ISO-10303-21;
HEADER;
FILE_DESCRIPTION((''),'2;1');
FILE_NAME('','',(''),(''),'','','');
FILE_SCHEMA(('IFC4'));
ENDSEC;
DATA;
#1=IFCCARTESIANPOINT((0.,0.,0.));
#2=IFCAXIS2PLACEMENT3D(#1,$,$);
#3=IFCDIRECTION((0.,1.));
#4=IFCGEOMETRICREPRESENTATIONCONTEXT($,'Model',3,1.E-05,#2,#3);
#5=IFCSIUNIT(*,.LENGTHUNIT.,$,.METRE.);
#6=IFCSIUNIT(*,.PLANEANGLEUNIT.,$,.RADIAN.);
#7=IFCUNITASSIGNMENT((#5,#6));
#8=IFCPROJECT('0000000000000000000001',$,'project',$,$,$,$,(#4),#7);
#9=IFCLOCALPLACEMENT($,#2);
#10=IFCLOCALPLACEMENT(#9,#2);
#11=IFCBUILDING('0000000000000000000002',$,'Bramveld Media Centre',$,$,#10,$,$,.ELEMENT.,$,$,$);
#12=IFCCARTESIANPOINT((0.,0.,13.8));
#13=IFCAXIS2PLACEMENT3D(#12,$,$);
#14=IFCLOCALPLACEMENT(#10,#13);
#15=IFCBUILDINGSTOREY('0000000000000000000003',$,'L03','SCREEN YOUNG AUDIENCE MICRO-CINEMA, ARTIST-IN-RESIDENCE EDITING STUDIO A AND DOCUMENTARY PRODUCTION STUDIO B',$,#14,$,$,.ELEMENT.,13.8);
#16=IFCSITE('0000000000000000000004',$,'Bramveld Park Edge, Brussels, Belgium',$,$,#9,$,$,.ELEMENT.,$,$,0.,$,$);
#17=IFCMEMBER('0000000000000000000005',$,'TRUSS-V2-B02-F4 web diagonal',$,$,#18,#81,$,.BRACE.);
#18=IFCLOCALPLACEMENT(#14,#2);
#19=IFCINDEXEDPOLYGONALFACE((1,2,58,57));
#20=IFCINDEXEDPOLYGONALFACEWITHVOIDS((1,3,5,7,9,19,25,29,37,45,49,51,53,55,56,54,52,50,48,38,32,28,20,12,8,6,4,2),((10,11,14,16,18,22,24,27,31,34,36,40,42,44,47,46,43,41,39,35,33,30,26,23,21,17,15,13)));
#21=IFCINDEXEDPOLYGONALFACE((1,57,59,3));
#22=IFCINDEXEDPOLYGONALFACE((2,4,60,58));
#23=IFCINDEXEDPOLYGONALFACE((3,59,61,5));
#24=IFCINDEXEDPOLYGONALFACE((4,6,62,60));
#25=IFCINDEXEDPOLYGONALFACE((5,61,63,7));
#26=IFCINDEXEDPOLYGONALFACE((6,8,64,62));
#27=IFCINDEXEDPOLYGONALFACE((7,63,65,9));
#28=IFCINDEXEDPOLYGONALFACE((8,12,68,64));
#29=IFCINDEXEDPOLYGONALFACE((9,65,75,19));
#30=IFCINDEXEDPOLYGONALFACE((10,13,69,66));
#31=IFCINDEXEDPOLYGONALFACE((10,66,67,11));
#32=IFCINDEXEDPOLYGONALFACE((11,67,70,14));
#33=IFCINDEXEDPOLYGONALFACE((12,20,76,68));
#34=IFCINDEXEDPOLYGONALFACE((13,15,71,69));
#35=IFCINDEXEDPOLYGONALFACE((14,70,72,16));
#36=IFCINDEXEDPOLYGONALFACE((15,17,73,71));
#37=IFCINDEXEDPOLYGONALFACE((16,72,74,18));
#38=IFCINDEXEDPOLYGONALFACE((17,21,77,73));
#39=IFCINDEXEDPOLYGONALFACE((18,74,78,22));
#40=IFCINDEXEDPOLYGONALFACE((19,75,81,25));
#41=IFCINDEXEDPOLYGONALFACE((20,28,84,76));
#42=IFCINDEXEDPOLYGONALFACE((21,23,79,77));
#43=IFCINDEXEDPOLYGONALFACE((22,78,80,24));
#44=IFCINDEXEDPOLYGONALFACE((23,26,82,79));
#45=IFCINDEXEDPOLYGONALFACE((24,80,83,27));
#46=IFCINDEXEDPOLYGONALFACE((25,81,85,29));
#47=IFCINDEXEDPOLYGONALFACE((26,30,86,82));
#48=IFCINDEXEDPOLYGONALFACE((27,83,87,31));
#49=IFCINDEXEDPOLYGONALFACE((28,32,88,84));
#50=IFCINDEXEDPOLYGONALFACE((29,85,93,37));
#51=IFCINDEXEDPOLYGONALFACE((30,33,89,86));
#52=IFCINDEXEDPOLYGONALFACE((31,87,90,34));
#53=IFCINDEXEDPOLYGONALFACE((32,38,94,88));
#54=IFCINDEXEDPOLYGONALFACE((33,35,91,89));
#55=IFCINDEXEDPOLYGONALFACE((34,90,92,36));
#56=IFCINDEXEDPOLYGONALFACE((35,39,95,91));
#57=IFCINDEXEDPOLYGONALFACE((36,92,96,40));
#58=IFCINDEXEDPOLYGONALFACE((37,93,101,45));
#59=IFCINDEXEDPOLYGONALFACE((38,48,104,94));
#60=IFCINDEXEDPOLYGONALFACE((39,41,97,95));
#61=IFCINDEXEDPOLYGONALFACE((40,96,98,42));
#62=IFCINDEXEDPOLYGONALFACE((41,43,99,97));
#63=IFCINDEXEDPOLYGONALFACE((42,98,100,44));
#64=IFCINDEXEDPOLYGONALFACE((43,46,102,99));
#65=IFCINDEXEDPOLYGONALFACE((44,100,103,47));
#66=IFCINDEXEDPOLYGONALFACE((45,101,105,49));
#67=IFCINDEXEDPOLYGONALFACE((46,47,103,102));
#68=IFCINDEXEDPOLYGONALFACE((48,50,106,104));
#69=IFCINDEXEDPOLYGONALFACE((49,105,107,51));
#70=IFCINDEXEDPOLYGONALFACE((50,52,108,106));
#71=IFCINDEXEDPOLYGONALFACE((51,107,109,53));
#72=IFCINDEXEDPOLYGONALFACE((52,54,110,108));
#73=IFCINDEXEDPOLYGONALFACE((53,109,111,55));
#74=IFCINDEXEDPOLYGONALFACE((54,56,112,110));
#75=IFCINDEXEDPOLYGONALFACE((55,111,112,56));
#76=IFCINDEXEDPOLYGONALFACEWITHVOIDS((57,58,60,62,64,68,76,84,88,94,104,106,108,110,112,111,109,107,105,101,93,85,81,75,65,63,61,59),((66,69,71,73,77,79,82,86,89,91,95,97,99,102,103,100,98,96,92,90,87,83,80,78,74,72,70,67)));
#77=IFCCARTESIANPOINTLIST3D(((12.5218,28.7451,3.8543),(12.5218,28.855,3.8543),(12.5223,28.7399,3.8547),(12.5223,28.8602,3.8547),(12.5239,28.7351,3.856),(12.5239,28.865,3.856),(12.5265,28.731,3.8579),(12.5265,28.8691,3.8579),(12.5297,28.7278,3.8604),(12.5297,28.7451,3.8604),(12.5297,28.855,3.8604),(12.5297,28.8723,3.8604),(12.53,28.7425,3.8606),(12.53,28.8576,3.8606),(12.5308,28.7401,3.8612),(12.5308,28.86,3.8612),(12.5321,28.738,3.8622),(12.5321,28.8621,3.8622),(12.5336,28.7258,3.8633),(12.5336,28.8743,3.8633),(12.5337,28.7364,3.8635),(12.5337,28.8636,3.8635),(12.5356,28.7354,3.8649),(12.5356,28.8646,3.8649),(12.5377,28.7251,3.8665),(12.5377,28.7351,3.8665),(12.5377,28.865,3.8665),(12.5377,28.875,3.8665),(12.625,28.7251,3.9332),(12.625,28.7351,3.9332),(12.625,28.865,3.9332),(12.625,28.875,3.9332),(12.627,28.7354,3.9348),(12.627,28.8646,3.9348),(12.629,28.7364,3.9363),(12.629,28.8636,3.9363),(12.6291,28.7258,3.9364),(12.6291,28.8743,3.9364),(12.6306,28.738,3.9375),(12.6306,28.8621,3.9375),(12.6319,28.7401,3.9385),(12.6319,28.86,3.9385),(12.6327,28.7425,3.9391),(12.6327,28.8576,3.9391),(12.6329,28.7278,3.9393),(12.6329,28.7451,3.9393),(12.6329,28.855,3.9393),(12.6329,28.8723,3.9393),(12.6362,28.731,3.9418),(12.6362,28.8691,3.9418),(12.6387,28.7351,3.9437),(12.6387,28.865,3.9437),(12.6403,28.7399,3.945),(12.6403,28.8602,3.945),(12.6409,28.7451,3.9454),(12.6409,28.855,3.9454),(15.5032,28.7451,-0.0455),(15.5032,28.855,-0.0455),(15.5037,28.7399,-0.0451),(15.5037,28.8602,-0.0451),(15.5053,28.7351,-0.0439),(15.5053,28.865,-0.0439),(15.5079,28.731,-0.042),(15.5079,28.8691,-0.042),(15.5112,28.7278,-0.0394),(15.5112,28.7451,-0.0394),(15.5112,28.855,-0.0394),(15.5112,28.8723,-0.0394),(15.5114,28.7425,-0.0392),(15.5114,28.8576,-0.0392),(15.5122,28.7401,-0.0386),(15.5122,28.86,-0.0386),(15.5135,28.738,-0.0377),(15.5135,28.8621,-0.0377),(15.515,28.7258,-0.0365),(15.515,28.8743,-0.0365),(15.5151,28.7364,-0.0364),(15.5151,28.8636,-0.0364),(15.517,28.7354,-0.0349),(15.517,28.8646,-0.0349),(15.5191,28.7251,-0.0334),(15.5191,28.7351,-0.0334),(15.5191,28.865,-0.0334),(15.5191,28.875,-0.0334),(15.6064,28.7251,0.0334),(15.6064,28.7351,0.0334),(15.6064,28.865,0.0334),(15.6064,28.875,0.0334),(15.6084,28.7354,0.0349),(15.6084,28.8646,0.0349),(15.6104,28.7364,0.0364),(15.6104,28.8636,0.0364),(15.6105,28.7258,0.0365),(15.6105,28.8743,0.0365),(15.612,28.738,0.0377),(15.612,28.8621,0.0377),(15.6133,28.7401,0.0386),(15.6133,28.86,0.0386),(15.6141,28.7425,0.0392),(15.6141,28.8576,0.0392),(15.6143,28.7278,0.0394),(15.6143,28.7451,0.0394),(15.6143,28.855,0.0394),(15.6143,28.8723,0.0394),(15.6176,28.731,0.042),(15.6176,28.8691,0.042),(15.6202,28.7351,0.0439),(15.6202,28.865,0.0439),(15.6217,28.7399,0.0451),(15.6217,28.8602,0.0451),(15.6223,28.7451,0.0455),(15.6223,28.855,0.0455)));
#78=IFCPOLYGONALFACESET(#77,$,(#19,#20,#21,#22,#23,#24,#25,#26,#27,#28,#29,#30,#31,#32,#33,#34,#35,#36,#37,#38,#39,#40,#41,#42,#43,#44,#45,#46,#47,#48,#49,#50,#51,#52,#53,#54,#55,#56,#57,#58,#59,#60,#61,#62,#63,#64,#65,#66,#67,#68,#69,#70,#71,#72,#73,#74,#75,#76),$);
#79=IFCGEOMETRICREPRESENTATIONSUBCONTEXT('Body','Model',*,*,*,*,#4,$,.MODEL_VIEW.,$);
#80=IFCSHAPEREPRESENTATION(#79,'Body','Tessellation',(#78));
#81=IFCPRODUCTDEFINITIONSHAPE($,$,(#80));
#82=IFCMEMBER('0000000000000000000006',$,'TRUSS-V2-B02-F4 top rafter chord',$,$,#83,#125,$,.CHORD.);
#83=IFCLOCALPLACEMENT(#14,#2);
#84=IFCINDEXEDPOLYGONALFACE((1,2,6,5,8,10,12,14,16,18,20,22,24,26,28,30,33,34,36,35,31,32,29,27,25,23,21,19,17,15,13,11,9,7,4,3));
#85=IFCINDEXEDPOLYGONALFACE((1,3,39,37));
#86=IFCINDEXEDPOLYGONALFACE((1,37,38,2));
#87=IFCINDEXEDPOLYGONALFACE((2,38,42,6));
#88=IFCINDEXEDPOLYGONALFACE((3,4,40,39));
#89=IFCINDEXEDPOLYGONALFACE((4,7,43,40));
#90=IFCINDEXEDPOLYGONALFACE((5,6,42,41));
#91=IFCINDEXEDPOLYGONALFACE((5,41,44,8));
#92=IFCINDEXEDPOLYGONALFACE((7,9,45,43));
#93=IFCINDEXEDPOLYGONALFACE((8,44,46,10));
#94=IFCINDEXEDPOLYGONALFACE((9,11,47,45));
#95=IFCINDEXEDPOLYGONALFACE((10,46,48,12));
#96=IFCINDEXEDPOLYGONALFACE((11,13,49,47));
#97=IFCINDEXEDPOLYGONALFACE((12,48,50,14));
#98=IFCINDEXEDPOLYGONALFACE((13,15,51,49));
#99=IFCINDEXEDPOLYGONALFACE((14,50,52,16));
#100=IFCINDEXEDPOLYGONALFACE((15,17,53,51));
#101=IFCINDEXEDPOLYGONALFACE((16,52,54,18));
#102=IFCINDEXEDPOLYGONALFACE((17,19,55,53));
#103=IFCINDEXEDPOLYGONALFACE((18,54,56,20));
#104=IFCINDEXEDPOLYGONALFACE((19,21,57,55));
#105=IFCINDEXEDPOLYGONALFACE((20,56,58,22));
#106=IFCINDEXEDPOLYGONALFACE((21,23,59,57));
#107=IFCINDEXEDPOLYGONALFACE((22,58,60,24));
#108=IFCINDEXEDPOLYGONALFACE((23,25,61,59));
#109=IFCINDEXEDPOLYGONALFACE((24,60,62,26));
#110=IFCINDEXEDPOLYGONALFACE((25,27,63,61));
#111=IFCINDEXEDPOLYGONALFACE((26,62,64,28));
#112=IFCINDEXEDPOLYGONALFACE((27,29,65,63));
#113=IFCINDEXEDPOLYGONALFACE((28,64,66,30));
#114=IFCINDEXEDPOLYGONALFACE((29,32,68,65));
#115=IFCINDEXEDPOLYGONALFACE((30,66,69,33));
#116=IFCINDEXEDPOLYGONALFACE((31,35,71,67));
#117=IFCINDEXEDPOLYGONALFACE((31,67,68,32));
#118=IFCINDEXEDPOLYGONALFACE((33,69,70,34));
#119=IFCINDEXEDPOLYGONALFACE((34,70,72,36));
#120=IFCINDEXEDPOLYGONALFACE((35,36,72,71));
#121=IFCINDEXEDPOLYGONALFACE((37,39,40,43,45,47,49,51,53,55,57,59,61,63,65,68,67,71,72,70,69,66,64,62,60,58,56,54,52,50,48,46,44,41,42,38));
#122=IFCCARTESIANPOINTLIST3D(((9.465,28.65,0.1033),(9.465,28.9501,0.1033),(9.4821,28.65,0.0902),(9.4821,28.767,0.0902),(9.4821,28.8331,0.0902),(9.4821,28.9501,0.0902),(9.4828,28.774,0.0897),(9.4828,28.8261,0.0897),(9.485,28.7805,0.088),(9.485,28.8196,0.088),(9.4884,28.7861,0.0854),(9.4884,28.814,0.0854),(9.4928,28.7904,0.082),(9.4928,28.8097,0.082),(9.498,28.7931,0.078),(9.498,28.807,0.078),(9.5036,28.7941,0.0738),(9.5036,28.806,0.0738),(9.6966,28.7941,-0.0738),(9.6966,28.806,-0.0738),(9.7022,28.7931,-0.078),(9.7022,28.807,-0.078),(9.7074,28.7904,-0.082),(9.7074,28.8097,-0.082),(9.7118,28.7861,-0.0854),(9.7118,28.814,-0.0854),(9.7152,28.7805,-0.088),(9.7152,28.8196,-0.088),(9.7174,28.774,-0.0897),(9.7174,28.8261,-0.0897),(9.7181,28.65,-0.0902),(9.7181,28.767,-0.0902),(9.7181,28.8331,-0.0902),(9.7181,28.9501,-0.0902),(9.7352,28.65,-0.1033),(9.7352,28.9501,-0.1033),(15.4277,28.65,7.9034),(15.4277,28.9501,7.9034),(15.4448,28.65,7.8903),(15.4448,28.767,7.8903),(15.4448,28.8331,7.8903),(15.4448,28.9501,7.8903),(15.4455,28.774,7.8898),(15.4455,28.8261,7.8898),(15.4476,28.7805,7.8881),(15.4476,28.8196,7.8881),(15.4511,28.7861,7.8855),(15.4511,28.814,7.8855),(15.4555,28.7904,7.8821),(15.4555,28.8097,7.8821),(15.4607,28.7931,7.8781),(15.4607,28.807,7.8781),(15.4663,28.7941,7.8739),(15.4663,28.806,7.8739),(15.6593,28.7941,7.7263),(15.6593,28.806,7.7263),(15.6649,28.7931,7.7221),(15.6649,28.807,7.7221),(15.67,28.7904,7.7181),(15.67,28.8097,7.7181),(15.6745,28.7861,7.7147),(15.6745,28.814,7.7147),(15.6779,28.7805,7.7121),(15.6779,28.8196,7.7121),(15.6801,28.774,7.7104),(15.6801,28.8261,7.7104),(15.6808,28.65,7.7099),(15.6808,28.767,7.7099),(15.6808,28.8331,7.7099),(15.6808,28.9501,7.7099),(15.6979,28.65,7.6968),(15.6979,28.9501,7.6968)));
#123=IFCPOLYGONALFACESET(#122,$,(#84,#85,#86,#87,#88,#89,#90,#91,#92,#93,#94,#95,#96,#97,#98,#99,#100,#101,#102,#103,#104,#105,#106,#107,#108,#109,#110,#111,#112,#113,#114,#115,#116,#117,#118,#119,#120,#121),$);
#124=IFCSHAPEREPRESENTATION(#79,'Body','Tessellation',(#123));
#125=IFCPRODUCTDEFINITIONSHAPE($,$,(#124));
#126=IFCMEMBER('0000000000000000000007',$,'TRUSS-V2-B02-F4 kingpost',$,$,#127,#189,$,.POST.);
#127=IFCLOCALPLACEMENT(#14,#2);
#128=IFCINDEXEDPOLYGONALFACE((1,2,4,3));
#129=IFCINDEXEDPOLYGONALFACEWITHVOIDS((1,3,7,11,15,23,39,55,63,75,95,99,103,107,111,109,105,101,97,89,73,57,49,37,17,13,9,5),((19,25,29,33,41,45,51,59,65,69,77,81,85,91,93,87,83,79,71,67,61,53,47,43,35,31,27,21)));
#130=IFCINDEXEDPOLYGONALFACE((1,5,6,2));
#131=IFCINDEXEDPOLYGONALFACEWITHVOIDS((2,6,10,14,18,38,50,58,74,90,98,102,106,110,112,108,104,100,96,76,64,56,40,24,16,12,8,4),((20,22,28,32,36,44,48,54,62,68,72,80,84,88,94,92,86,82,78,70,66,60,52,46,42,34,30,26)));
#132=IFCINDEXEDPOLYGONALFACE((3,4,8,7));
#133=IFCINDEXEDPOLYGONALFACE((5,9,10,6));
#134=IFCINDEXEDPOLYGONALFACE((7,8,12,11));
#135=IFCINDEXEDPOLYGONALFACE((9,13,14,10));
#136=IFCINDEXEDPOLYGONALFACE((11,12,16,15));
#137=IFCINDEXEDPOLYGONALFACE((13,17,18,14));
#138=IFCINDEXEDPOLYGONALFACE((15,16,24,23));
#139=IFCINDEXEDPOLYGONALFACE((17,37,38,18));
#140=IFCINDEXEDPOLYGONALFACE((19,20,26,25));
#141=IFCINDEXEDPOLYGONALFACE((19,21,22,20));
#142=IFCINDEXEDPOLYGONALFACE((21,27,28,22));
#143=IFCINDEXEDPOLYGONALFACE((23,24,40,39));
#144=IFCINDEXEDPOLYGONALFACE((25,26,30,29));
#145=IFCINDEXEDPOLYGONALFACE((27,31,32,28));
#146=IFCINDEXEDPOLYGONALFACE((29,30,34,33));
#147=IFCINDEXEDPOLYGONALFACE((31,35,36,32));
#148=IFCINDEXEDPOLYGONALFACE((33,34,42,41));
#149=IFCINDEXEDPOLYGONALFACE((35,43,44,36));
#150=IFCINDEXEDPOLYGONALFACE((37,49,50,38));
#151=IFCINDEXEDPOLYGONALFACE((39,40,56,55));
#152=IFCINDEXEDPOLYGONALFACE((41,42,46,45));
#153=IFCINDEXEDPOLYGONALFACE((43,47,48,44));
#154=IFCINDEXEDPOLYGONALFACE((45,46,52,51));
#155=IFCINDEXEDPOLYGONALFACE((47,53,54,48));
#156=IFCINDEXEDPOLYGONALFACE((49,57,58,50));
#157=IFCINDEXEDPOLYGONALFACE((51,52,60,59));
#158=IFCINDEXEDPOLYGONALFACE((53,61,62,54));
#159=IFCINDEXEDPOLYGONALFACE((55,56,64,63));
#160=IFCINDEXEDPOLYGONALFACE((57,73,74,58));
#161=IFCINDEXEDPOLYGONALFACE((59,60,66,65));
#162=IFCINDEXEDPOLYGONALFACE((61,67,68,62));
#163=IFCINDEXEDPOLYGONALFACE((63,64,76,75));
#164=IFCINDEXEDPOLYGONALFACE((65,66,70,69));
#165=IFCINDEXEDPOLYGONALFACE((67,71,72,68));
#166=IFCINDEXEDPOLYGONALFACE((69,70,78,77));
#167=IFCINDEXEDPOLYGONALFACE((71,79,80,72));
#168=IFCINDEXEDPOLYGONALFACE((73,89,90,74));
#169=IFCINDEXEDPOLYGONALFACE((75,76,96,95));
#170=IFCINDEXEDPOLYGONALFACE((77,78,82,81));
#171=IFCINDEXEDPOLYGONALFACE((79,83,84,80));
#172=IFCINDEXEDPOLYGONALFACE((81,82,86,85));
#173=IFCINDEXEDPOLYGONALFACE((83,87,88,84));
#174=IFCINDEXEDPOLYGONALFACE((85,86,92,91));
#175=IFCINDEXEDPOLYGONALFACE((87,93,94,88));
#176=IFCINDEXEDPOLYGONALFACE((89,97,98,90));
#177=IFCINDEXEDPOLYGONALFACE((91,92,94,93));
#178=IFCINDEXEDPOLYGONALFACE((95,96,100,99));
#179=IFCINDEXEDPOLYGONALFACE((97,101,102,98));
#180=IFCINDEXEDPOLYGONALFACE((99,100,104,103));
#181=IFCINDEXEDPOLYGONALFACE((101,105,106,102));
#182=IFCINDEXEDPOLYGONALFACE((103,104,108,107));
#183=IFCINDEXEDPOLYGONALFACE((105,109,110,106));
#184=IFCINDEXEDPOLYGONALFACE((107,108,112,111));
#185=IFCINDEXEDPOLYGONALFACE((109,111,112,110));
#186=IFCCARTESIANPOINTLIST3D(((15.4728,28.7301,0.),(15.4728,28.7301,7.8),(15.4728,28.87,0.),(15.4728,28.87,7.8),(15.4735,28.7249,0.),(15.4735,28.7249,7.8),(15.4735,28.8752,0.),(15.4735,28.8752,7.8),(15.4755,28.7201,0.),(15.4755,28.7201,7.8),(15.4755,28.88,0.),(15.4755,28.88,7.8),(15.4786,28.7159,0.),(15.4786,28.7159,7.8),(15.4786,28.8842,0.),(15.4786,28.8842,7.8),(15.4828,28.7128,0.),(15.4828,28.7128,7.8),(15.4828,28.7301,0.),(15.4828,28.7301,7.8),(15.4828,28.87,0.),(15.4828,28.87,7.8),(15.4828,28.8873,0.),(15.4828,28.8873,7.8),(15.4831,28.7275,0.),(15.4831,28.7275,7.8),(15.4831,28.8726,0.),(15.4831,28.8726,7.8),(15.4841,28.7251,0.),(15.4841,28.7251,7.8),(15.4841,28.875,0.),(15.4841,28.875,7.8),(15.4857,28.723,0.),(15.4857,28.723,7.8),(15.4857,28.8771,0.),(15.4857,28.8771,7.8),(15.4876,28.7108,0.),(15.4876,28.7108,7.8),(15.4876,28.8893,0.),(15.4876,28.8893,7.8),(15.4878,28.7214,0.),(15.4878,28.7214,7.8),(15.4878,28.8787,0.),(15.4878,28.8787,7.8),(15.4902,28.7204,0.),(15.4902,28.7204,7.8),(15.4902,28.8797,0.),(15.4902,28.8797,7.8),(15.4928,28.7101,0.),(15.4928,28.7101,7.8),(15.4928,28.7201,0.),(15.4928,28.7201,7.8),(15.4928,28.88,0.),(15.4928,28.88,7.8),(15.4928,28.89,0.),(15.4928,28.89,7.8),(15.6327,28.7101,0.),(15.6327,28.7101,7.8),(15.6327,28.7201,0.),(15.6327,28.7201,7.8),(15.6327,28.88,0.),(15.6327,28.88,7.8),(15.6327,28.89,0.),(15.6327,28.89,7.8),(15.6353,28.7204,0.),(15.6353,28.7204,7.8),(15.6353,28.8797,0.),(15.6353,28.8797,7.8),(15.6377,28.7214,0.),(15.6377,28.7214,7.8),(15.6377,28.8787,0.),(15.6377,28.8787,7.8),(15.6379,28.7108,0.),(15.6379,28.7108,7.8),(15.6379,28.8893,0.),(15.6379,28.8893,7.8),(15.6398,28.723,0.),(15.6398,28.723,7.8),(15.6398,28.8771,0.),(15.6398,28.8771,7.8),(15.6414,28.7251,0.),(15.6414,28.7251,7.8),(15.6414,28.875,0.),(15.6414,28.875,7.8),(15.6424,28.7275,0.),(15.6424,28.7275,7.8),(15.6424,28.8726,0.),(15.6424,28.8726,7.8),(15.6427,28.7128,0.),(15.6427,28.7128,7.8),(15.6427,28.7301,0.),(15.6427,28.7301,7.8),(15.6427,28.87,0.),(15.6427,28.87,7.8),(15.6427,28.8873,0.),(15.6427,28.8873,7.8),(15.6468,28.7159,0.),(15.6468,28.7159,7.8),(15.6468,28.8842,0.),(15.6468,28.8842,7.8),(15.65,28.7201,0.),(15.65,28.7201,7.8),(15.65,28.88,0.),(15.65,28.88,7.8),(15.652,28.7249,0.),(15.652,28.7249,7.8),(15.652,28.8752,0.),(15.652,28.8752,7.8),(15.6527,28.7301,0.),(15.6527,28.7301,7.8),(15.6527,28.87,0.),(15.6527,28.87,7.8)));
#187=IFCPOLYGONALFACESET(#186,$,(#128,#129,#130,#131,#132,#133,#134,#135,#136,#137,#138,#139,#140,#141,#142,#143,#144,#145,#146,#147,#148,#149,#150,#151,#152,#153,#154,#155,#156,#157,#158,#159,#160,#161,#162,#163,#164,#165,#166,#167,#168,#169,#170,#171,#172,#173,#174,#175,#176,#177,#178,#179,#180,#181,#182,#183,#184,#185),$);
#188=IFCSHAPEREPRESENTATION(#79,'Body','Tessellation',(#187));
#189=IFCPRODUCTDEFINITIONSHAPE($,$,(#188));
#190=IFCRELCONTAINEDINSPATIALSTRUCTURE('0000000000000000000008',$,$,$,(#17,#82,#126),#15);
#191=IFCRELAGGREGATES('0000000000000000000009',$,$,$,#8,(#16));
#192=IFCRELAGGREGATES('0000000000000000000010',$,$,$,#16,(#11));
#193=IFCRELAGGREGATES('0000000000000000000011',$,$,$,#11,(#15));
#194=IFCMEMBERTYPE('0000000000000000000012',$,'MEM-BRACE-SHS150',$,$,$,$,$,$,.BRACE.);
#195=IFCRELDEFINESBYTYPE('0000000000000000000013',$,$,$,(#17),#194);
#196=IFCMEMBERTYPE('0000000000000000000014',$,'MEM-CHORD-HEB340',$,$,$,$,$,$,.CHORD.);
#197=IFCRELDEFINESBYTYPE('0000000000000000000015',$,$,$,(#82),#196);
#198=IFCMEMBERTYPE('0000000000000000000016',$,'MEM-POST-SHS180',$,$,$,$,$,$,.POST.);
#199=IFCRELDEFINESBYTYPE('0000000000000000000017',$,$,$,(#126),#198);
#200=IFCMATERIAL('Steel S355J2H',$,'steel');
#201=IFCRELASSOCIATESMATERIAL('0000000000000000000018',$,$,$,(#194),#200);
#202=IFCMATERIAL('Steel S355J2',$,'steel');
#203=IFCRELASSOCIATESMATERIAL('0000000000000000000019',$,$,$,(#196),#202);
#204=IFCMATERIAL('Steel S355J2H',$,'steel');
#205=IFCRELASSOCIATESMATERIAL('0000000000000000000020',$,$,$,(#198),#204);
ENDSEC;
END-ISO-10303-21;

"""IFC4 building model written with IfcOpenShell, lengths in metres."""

from ifc_helpers import new_model, si_unit, direction, frame, origin, origin_2d, place, context, subcontext, project, spatial, hollow_rectangle, i_section, extrude, material, material_profile, profile_set, type_object, element, save


model = new_model("IFC4")

# Units and contexts
model_context = context("Model", 3, precision=1e-05, world=origin(), true_north=direction((0.0, 1.0)))
body_context = subcontext(model_context, "Body", "Model", "MODEL_VIEW")
ifc_project = project(units=[si_unit("LENGTHUNIT", "METRE"), si_unit("PLANEANGLEUNIT", "RADIAN")], contexts=[model_context])

# Site, building, storey
site_placement = place(None, origin())
site = spatial("IfcSite", under=ifc_project, at=site_placement, Name="Bramveld Park Edge, Brussels, Belgium", CompositionType="ELEMENT", RefElevation=0.0)
building_placement = place(site_placement, origin())
building = spatial("IfcBuilding", under=site, at=building_placement, Name="Bramveld Media Centre", CompositionType="ELEMENT")
storey_placement = place(building_placement, frame((0.0, 0.0, 13.8)))
storey = spatial("IfcBuildingStorey", under=building, at=storey_placement, Name="L03", Description="SCREEN YOUNG AUDIENCE MICRO-CINEMA, ARTIST-IN-RESIDENCE EDITING STUDIO A AND DOCUMENTARY PRODUCTION STUDIO B", CompositionType="ELEMENT", Elevation=13.8)

# Members
ifc_material_1 = material(Name="Steel S355J2H", Category="steel")
ifc_material_profile_1 = material_profile(ifc_material_1, hollow_rectangle(XDim=0.1499, YDim=0.1499, WallThickness=0.01, InnerFilletRadius=0.01, OuterFilletRadius=0.02, at=origin_2d()), Name="SHS 150x150x10")
ifc_profile_set_1 = profile_set([ifc_material_profile_1], Name="Steel S355J2H")
member_type_1 = type_object("IfcMemberType", Name="MEM-BRACE-SHS150", PredefinedType="BRACE", material=ifc_profile_set_1)
member_1_placement = place(storey_placement, frame((15.5627, 28.8, 0.0), z_axis=(-0.607343, 0.0, 0.79444), x_axis=(0.0, -1.0, 0.0)))
element("IfcMember", 1, at=member_1_placement, inside=storey, type_object=member_type_1, Name="TRUSS-V2-B02-F4 web diagonal", PredefinedType="BRACE", context=body_context, shape_type="SweptSolid", body=[
    extrude(hollow_rectangle(XDim=0.1499, YDim=0.1499, WallThickness=0.01, InnerFilletRadius=0.01, OuterFilletRadius=0.02, at=origin_2d()), origin(), (0.0, 0.0, 1.0), 4.9089),
])
ifc_material_2 = material(Name="Steel S355J2", Category="steel")
ifc_material_profile_2 = material_profile(ifc_material_2, i_section(OverallWidth=0.3, OverallDepth=0.3401, WebThickness=0.012, FlangeThickness=0.0215, FilletRadius=0.0271, at=origin_2d()), Name="HEB 340")
ifc_profile_set_2 = profile_set([ifc_material_profile_2], Name="Steel S355J2")
member_type_2 = type_object("IfcMemberType", Name="MEM-CHORD-HEB340", PredefinedType="CHORD", material=ifc_profile_set_2)
member_2_placement = place(storey_placement, frame((9.6001, 28.8, 0.0), z_axis=(0.607315, 0.0, 0.794461), x_axis=(0.0, 1.0, 0.0)))
element("IfcMember", 2, at=member_2_placement, inside=storey, type_object=member_type_2, Name="TRUSS-V2-B02-F4 top rafter chord", PredefinedType="CHORD", context=body_context, shape_type="SweptSolid", body=[
    extrude(i_section(OverallWidth=0.3, OverallDepth=0.3401, WebThickness=0.012, FlangeThickness=0.0215, FilletRadius=0.0271, at=origin_2d()), origin(), (0.0, 0.0, 1.0), 9.8181),
])
ifc_material_3 = material(Name="Steel S355J2H", Category="steel")
ifc_material_profile_3 = material_profile(ifc_material_3, hollow_rectangle(XDim=0.1799, YDim=0.1799, WallThickness=0.01, InnerFilletRadius=0.01, OuterFilletRadius=0.02, at=origin_2d()), Name="SHS 180x180x10")
ifc_profile_set_3 = profile_set([ifc_material_profile_3], Name="Steel S355J2H")
member_type_3 = type_object("IfcMemberType", Name="MEM-POST-SHS180", PredefinedType="POST", material=ifc_profile_set_3)
member_3_placement = place(storey_placement, frame((15.5627, 28.8, 0.0), z_axis=(0.0, 0.0, 1.0), x_axis=(1.0, 0.0, 0.0)))
element("IfcMember", 3, at=member_3_placement, inside=storey, type_object=member_type_3, Name="TRUSS-V2-B02-F4 kingpost", PredefinedType="POST", context=body_context, shape_type="SweptSolid", body=[
    extrude(hollow_rectangle(XDim=0.1799, YDim=0.1799, WallThickness=0.01, InnerFilletRadius=0.01, OuterFilletRadius=0.02, at=origin_2d()), origin(), (0.0, 0.0, 1.0), 7.8),
])

save(model, "model.ifc")
